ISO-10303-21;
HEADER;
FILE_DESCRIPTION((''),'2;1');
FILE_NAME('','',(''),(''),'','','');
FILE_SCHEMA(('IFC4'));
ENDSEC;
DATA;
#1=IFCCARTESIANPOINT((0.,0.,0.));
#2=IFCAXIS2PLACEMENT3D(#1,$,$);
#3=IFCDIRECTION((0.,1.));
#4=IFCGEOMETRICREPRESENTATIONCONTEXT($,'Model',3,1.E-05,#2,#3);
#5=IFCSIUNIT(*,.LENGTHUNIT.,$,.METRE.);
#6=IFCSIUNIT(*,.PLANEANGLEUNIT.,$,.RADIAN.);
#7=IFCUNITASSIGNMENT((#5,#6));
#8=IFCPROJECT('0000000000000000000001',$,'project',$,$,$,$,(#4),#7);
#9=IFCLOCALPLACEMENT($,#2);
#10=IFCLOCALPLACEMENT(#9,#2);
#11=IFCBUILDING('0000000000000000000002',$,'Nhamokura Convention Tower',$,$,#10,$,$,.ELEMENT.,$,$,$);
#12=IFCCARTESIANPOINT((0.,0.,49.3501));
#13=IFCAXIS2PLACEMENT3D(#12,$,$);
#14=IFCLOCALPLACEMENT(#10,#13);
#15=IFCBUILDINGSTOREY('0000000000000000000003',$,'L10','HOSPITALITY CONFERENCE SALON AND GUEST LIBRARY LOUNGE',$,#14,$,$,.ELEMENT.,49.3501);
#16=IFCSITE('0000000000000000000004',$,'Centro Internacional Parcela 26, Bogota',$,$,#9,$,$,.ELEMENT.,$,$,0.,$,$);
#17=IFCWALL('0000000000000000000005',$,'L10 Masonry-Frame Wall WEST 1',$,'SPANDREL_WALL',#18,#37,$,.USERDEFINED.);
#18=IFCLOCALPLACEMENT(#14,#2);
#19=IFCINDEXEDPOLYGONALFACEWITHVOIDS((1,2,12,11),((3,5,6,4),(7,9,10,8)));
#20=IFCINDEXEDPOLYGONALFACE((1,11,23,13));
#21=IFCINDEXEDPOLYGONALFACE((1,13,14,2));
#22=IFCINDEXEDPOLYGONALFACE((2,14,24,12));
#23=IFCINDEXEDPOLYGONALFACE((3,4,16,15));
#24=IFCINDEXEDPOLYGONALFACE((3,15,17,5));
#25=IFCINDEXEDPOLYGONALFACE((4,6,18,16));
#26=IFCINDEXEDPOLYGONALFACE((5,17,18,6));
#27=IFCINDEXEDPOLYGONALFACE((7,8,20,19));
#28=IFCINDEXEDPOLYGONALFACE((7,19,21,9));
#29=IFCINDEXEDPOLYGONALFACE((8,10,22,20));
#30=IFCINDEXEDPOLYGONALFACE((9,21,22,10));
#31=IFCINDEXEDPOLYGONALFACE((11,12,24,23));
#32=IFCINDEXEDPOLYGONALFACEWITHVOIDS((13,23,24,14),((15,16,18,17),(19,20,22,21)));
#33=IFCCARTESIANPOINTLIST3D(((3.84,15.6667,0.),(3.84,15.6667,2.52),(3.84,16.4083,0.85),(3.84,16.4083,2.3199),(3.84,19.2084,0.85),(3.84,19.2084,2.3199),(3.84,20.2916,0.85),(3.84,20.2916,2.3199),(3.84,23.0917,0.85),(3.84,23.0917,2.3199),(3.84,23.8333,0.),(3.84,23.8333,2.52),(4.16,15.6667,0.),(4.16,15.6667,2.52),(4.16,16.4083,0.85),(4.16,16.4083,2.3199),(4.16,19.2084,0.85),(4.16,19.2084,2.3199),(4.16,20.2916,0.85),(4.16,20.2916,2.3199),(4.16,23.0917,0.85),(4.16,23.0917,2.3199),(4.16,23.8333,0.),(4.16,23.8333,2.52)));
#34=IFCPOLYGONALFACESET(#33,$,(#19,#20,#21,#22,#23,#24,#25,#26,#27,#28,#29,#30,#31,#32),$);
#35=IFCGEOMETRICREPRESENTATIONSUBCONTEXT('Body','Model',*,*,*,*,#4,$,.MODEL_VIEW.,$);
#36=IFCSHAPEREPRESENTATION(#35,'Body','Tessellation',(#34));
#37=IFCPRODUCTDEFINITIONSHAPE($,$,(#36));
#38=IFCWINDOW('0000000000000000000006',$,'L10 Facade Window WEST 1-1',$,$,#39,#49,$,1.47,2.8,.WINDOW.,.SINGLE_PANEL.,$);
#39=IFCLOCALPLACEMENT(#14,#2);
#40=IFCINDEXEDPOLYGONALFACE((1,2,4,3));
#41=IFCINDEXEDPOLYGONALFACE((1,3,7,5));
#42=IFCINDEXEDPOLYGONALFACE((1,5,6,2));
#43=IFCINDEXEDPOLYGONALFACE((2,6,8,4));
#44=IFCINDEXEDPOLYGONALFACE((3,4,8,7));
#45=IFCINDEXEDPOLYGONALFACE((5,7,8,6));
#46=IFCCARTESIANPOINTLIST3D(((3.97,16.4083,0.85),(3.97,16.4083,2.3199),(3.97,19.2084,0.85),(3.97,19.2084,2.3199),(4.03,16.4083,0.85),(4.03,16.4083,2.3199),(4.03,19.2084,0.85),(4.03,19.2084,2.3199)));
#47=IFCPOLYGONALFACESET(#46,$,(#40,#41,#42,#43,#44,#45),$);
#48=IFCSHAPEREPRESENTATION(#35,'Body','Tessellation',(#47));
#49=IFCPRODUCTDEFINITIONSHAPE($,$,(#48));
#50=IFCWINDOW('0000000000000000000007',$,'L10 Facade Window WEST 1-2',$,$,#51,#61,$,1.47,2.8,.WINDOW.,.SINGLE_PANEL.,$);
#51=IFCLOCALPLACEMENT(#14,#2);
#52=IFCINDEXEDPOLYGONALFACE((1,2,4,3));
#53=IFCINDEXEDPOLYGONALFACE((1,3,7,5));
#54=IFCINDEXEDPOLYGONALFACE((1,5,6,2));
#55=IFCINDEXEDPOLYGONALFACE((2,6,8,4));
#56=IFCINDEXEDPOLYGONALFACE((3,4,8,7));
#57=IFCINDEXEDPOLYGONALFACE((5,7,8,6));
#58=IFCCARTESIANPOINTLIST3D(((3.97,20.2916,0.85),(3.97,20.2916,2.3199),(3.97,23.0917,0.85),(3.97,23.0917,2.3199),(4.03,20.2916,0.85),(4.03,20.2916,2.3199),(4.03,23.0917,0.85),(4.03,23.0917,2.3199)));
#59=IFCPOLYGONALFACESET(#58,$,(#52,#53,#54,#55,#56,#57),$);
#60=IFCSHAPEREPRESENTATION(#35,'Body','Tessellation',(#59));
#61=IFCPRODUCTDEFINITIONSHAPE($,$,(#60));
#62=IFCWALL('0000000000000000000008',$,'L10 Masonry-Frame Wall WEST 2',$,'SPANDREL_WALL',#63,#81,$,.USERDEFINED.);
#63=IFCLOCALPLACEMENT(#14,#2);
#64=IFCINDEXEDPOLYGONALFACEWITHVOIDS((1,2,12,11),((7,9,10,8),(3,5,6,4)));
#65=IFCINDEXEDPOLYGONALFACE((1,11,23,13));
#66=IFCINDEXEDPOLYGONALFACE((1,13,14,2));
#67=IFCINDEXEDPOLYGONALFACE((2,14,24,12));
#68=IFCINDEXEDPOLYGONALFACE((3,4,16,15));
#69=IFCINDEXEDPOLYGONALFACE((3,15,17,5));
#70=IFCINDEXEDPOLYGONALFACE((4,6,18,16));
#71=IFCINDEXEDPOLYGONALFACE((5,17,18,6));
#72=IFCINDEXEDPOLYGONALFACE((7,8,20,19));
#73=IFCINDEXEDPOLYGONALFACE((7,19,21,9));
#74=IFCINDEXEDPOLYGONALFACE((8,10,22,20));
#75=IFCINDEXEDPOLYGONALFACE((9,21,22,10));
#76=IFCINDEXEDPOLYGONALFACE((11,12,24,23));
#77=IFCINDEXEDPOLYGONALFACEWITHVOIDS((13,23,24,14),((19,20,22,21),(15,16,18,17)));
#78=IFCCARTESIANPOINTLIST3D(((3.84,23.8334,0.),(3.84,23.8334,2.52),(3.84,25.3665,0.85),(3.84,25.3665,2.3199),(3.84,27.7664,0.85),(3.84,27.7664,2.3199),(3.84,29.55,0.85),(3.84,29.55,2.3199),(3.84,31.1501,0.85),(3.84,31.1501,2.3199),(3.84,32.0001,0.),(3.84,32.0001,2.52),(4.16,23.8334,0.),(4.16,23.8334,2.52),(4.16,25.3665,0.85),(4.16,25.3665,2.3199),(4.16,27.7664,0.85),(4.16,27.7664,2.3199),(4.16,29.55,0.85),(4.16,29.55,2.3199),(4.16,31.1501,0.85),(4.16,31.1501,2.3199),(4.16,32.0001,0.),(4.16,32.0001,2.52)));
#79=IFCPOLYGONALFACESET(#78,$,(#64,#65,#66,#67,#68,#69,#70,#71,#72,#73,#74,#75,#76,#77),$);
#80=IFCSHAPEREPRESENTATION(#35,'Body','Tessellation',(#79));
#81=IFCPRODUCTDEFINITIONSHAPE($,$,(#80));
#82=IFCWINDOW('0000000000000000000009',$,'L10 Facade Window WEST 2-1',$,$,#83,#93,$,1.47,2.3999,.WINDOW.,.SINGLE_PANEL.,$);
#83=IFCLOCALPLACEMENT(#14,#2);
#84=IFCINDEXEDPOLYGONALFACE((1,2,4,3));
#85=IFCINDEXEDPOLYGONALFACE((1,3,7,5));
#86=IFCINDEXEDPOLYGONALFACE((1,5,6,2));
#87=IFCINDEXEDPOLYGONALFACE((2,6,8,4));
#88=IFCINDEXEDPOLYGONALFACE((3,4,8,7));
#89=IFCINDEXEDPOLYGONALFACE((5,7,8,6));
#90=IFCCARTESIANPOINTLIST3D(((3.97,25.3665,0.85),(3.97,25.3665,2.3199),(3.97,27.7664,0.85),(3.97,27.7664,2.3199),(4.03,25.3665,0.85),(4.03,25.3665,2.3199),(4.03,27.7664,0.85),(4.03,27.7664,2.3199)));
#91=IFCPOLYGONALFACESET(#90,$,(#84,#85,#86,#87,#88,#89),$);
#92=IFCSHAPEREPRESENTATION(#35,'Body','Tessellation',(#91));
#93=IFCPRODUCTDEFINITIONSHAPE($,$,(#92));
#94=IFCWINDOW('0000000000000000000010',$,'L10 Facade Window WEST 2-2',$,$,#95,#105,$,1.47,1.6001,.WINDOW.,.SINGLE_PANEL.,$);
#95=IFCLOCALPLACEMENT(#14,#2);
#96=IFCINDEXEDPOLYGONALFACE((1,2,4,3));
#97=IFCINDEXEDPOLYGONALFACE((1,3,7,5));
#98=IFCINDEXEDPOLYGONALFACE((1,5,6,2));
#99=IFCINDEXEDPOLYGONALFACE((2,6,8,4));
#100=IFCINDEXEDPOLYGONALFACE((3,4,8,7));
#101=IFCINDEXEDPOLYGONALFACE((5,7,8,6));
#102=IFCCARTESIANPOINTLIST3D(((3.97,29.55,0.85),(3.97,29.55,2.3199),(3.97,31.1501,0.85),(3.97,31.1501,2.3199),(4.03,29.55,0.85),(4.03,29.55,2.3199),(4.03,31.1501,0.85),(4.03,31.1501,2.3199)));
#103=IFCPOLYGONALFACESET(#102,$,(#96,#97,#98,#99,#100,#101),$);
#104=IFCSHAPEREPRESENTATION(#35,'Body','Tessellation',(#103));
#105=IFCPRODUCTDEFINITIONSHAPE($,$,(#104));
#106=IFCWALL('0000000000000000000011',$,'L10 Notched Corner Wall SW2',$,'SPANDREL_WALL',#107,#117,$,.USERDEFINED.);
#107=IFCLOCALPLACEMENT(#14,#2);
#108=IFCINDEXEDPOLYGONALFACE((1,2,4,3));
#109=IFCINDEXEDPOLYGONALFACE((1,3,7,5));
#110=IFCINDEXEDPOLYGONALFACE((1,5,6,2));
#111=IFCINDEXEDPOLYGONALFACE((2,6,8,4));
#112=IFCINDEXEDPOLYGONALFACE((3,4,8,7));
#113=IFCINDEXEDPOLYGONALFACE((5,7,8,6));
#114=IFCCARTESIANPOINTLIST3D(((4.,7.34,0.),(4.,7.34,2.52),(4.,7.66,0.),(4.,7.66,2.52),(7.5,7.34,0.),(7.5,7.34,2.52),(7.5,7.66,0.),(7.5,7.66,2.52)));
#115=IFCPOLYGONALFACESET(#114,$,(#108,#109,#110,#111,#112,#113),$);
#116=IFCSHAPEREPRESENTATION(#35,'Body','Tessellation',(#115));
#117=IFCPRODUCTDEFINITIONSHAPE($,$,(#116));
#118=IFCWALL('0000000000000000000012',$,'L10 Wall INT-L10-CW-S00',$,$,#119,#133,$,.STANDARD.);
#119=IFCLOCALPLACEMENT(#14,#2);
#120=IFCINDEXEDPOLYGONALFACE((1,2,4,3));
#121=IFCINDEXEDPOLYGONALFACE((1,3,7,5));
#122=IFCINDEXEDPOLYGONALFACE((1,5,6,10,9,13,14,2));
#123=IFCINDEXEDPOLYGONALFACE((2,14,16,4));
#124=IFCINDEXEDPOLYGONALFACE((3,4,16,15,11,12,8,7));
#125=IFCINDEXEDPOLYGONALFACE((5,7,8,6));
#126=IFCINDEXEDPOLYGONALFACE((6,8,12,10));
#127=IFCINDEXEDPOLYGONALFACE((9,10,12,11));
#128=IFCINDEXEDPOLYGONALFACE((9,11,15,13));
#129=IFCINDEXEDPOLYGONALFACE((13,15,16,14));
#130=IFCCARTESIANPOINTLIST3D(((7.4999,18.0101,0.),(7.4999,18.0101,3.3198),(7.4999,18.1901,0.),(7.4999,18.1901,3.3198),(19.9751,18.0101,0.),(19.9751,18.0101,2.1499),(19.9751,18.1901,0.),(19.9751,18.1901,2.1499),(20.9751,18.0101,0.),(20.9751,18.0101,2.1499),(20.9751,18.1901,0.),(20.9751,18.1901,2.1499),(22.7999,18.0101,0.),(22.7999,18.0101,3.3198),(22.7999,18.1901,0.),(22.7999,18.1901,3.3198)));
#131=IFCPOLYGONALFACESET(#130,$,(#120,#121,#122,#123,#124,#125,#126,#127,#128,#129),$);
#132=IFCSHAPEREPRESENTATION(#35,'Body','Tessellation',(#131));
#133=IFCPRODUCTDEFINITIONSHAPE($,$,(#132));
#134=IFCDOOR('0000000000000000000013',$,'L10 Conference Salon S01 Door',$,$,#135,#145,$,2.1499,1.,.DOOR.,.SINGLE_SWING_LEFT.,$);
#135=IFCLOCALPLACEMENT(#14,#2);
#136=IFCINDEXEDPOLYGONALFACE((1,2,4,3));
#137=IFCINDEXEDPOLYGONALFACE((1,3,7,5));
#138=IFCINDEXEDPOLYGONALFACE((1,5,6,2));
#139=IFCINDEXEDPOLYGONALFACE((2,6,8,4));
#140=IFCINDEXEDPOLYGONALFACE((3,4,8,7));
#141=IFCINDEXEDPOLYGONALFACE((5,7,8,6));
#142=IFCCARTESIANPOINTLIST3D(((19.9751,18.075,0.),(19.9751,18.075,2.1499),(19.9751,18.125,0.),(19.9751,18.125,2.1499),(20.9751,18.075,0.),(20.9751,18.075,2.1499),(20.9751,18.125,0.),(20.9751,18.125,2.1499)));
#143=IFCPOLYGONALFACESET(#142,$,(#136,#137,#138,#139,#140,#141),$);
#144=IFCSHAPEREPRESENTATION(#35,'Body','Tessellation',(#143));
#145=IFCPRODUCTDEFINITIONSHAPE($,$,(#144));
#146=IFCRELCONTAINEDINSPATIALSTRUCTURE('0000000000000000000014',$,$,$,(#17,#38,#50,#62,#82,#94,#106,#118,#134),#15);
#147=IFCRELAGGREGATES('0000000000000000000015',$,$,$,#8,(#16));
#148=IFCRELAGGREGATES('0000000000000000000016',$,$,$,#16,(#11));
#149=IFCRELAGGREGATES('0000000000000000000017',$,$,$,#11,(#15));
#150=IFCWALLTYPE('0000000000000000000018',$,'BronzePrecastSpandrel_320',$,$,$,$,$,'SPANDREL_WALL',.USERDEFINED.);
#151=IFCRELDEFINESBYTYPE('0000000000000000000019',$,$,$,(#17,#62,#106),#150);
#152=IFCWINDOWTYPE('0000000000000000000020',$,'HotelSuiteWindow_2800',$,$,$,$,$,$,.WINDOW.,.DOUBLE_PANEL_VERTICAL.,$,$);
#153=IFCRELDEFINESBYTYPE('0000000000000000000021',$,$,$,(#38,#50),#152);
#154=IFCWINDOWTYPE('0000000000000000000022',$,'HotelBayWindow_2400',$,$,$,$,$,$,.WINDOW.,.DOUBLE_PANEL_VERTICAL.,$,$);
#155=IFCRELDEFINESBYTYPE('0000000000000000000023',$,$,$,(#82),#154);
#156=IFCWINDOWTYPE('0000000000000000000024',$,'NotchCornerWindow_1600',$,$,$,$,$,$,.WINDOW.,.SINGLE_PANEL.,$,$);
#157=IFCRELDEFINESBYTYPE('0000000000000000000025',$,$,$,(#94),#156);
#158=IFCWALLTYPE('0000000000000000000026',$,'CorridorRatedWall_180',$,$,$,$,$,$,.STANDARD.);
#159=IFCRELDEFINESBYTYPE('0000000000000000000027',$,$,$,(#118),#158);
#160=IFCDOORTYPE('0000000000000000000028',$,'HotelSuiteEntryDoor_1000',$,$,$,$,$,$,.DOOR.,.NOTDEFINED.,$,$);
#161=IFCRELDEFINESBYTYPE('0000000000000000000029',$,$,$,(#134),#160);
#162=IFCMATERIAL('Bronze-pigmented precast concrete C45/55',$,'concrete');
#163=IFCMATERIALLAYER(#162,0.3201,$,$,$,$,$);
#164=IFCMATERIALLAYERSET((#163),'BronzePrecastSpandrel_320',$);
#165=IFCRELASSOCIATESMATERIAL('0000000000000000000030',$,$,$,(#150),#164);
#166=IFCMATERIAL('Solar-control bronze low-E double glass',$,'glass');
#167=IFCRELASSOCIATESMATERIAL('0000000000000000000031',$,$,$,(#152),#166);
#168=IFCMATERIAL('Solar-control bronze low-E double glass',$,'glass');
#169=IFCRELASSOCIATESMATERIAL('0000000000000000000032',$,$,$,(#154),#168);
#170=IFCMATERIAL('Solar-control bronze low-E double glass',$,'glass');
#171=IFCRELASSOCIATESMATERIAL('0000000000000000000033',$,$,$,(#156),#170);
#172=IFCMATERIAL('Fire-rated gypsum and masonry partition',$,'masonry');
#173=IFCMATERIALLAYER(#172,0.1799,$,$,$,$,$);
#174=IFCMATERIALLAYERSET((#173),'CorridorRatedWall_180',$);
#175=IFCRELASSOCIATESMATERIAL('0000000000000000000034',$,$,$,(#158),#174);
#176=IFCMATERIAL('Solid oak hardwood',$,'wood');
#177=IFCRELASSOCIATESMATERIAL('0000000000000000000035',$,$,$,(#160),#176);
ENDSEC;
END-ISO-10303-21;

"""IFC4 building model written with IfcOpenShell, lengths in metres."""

from ifc_helpers import new_model, si_unit, direction, frame, frame_2d, origin, place, context, subcontext, project, spatial, rectangle, extrude, material, layer, layer_set, type_object, element, fill, save


model = new_model("IFC4")

# Units and contexts
model_context = context("Model", 3, precision=1e-05, world=origin(), true_north=direction((0.0, 1.0)))
body_context = subcontext(model_context, "Body", "Model", "MODEL_VIEW")
ifc_project = project(units=[si_unit("LENGTHUNIT", "METRE"), si_unit("PLANEANGLEUNIT", "RADIAN")], contexts=[model_context])

# Site, building, storey
site_placement = place(None, origin())
site = spatial("IfcSite", under=ifc_project, at=site_placement, Name="Centro Internacional Parcela 26, Bogota", CompositionType="ELEMENT", RefElevation=0.0)
building_placement = place(site_placement, origin())
building = spatial("IfcBuilding", under=site, at=building_placement, Name="Nhamokura Convention Tower", CompositionType="ELEMENT")
storey_placement = place(building_placement, frame((0.0, 0.0, 49.3501)))
storey = spatial("IfcBuildingStorey", under=building, at=storey_placement, Name="L10", Description="HOSPITALITY CONFERENCE SALON AND GUEST LIBRARY LOUNGE", CompositionType="ELEMENT", Elevation=49.3501)

# Walls, openings, windows
ifc_material_1 = material(Name="Bronze-pigmented precast concrete C45/55", Category="concrete")
ifc_layer_1 = layer(ifc_material_1, 0.3201)
ifc_layer_set_1 = layer_set([ifc_layer_1], Name="BronzePrecastSpandrel_320")
wall_type_1 = type_object("IfcWallType", Name="BronzePrecastSpandrel_320", ElementType="SPANDREL_WALL", PredefinedType="USERDEFINED", material=ifc_layer_set_1)
wall_1_placement = place(storey_placement, frame((4.0, 15.6667, 0.0), z_axis=(0.0, 0.0, 1.0), x_axis=(0.0, 1.0, 0.0)))
wall_1 = element("IfcWall", 1, at=wall_1_placement, inside=storey, type_object=wall_type_1, Name="L10 Masonry-Frame Wall WEST 1", ObjectType="SPANDREL_WALL", PredefinedType="USERDEFINED", context=body_context, shape_type="SweptSolid", body=[
    extrude(rectangle(XDim=8.1665, YDim=0.3201, at=frame_2d((4.0833, 0.0))), origin(), (0.0, 0.0, 1.0), 2.52),
])
opening_1_placement = place(wall_1_placement, frame((0.7417, 0.0, 0.8501)))
opening_1 = element("IfcOpeningElement", 2, at=opening_1_placement, cuts=wall_1, PredefinedType="OPENING", context=body_context, shape_type="SweptSolid", body=[
    extrude(rectangle(XDim=2.8, YDim=1.47, at=frame_2d((1.3999, 0.7349))), frame((0.0, 0.1699, 0.0), z_axis=(0.0, -1.0, 0.0), x_axis=(1.0, 0.0, 0.0)), (0.0, 0.0, 1.0), 0.3401),
])
opening_2_placement = place(wall_1_placement, frame((4.625, 0.0, 0.8501)))
opening_2 = element("IfcOpeningElement", 3, at=opening_2_placement, cuts=wall_1, PredefinedType="OPENING", context=body_context, shape_type="SweptSolid", body=[
    extrude(rectangle(XDim=2.8, YDim=1.47, at=frame_2d((1.3999, 0.7349))), frame((0.0, 0.1699, 0.0), z_axis=(0.0, -1.0, 0.0), x_axis=(1.0, 0.0, 0.0)), (0.0, 0.0, 1.0), 0.3401),
])
ifc_material_2 = material(Name="Solar-control bronze low-E double glass", Category="glass")
window_type_1 = type_object("IfcWindowType", Name="HotelSuiteWindow_2800", PartitioningType="DOUBLE_PANEL_VERTICAL", PredefinedType="WINDOW", material=ifc_material_2)
window_1_placement = place(opening_1_placement, origin())
window_1 = element("IfcWindow", 4, at=window_1_placement, inside=storey, type_object=window_type_1, Name="L10 Facade Window WEST 1-1", OverallHeight=1.47, OverallWidth=2.8, PartitioningType="SINGLE_PANEL", PredefinedType="WINDOW", context=body_context, shape_type="SweptSolid", body=[
    extrude(rectangle(XDim=2.8, YDim=1.47, at=frame_2d((1.3999, 0.7349))), frame((0.0, 0.03, 0.0), z_axis=(0.0, -1.0, 0.0), x_axis=(1.0, 0.0, 0.0)), (0.0, 0.0, 1.0), 0.0601),
])
fill(opening_1, window_1)
window_2_placement = place(opening_2_placement, origin())
window_2 = element("IfcWindow", 5, at=window_2_placement, inside=storey, type_object=window_type_1, Name="L10 Facade Window WEST 1-2", OverallHeight=1.47, OverallWidth=2.8, PartitioningType="SINGLE_PANEL", PredefinedType="WINDOW", context=body_context, shape_type="SweptSolid", body=[
    extrude(rectangle(XDim=2.8, YDim=1.47, at=frame_2d((1.3999, 0.7349))), frame((0.0, 0.03, 0.0), z_axis=(0.0, -1.0, 0.0), x_axis=(1.0, 0.0, 0.0)), (0.0, 0.0, 1.0), 0.0601),
])
fill(opening_2, window_2)
wall_2_placement = place(storey_placement, frame((4.0, 23.8333, 0.0), z_axis=(0.0, 0.0, 1.0), x_axis=(0.0, 1.0, 0.0)))
wall_2 = element("IfcWall", 6, at=wall_2_placement, inside=storey, type_object=wall_type_1, Name="L10 Masonry-Frame Wall WEST 2", ObjectType="SPANDREL_WALL", PredefinedType="USERDEFINED", context=body_context, shape_type="SweptSolid", body=[
    extrude(rectangle(XDim=8.1667, YDim=0.3201, at=frame_2d((4.0835, 0.0))), origin(), (0.0, 0.0, 1.0), 2.52),
])
opening_3_placement = place(wall_2_placement, frame((1.5332, 0.0, 0.8501)))
opening_3 = element("IfcOpeningElement", 7, at=opening_3_placement, cuts=wall_2, PredefinedType="OPENING", context=body_context, shape_type="SweptSolid", body=[
    extrude(rectangle(XDim=2.3999, YDim=1.47, at=frame_2d((1.2, 0.7349))), frame((0.0, 0.1699, 0.0), z_axis=(0.0, -1.0, 0.0), x_axis=(1.0, 0.0, 0.0)), (0.0, 0.0, 1.0), 0.3401),
])
opening_4_placement = place(wall_2_placement, frame((5.7168, 0.0, 0.8501)))
opening_4 = element("IfcOpeningElement", 8, at=opening_4_placement, cuts=wall_2, PredefinedType="OPENING", context=body_context, shape_type="SweptSolid", body=[
    extrude(rectangle(XDim=1.6001, YDim=1.47, at=frame_2d((0.8, 0.7349))), frame((0.0, 0.1699, 0.0), z_axis=(0.0, -1.0, 0.0), x_axis=(1.0, 0.0, 0.0)), (0.0, 0.0, 1.0), 0.3401),
])
ifc_material_3 = material(Name="Solar-control bronze low-E double glass", Category="glass")
window_type_2 = type_object("IfcWindowType", Name="HotelBayWindow_2400", PartitioningType="DOUBLE_PANEL_VERTICAL", PredefinedType="WINDOW", material=ifc_material_3)
window_3_placement = place(opening_3_placement, origin())
window_3 = element("IfcWindow", 9, at=window_3_placement, inside=storey, type_object=window_type_2, Name="L10 Facade Window WEST 2-1", OverallHeight=1.47, OverallWidth=2.3999, PartitioningType="SINGLE_PANEL", PredefinedType="WINDOW", context=body_context, shape_type="SweptSolid", body=[
    extrude(rectangle(XDim=2.3999, YDim=1.47, at=frame_2d((1.2, 0.7349))), frame((0.0, 0.03, 0.0), z_axis=(0.0, -1.0, 0.0), x_axis=(1.0, 0.0, 0.0)), (0.0, 0.0, 1.0), 0.0601),
])
fill(opening_3, window_3)
ifc_material_4 = material(Name="Solar-control bronze low-E double glass", Category="glass")
window_type_3 = type_object("IfcWindowType", Name="NotchCornerWindow_1600", PartitioningType="SINGLE_PANEL", PredefinedType="WINDOW", material=ifc_material_4)
window_4_placement = place(opening_4_placement, origin())
window_4 = element("IfcWindow", 10, at=window_4_placement, inside=storey, type_object=window_type_3, Name="L10 Facade Window WEST 2-2", OverallHeight=1.47, OverallWidth=1.6001, PartitioningType="SINGLE_PANEL", PredefinedType="WINDOW", context=body_context, shape_type="SweptSolid", body=[
    extrude(rectangle(XDim=1.6001, YDim=1.47, at=frame_2d((0.8, 0.7349))), frame((0.0, 0.03, 0.0), z_axis=(0.0, -1.0, 0.0), x_axis=(1.0, 0.0, 0.0)), (0.0, 0.0, 1.0), 0.0601),
])
fill(opening_4, window_4)

# Wall
wall_3_placement = place(storey_placement, frame((7.5, 7.5, 0.0), z_axis=(0.0, 0.0, 1.0), x_axis=(-1.0, 0.0, 0.0)))
element("IfcWall", 11, at=wall_3_placement, inside=storey, type_object=wall_type_1, Name="L10 Notched Corner Wall SW2", ObjectType="SPANDREL_WALL", PredefinedType="USERDEFINED", context=body_context, shape_type="SweptSolid", body=[
    extrude(rectangle(XDim=3.5, YDim=0.3201, at=frame_2d((1.75, 0.0))), origin(), (0.0, 0.0, 1.0), 2.52),
])

# Wall, opening, door
ifc_material_5 = material(Name="Fire-rated gypsum and masonry partition", Category="masonry")
ifc_layer_2 = layer(ifc_material_5, 0.1799)
ifc_layer_set_2 = layer_set([ifc_layer_2], Name="CorridorRatedWall_180")
wall_type_2 = type_object("IfcWallType", Name="CorridorRatedWall_180", PredefinedType="STANDARD", material=ifc_layer_set_2)
wall_4_placement = place(storey_placement, frame((7.5, 18.1001, 0.0), z_axis=(0.0, 0.0, 1.0), x_axis=(1.0, 0.0, 0.0)))
wall_4 = element("IfcWall", 12, at=wall_4_placement, inside=storey, type_object=wall_type_2, Name="L10 Wall INT-L10-CW-S00", PredefinedType="STANDARD", context=body_context, shape_type="SweptSolid", body=[
    extrude(rectangle(XDim=15.3, YDim=0.1799, at=frame_2d((7.6499, 0.0))), origin(), (0.0, 0.0, 1.0), 3.3198),
])
opening_5_placement = place(wall_4_placement, frame((12.4751, 0.0, 0.0)))
opening_5 = element("IfcOpeningElement", 13, at=opening_5_placement, cuts=wall_4, PredefinedType="OPENING", context=body_context, shape_type="SweptSolid", body=[
    extrude(rectangle(XDim=1.0, YDim=2.1499, at=frame_2d((0.5, 1.075))), frame((0.0, 0.0999, 0.0), z_axis=(0.0, -1.0, 0.0), x_axis=(1.0, 0.0, 0.0)), (0.0, 0.0, 1.0), 0.2),
])
ifc_material_6 = material(Name="Solid oak hardwood", Category="wood")
door_type = type_object("IfcDoorType", Name="HotelSuiteEntryDoor_1000", OperationType="NOTDEFINED", PredefinedType="DOOR", material=ifc_material_6)
door_1_placement = place(opening_5_placement, origin())
door_1 = element("IfcDoor", 14, at=door_1_placement, inside=storey, type_object=door_type, Name="L10 Conference Salon S01 Door", OperationType="SINGLE_SWING_LEFT", OverallHeight=2.1499, OverallWidth=1.0, PredefinedType="DOOR", context=body_context, shape_type="SweptSolid", body=[
    extrude(rectangle(XDim=1.0, YDim=2.1499, at=frame_2d((0.5, 1.075))), frame((0.0, 0.0249, 0.0), z_axis=(0.0, -1.0, 0.0), x_axis=(1.0, 0.0, 0.0)), (0.0, 0.0, 1.0), 0.05),
])
fill(opening_5, door_1)

save(model, "model.ifc")
